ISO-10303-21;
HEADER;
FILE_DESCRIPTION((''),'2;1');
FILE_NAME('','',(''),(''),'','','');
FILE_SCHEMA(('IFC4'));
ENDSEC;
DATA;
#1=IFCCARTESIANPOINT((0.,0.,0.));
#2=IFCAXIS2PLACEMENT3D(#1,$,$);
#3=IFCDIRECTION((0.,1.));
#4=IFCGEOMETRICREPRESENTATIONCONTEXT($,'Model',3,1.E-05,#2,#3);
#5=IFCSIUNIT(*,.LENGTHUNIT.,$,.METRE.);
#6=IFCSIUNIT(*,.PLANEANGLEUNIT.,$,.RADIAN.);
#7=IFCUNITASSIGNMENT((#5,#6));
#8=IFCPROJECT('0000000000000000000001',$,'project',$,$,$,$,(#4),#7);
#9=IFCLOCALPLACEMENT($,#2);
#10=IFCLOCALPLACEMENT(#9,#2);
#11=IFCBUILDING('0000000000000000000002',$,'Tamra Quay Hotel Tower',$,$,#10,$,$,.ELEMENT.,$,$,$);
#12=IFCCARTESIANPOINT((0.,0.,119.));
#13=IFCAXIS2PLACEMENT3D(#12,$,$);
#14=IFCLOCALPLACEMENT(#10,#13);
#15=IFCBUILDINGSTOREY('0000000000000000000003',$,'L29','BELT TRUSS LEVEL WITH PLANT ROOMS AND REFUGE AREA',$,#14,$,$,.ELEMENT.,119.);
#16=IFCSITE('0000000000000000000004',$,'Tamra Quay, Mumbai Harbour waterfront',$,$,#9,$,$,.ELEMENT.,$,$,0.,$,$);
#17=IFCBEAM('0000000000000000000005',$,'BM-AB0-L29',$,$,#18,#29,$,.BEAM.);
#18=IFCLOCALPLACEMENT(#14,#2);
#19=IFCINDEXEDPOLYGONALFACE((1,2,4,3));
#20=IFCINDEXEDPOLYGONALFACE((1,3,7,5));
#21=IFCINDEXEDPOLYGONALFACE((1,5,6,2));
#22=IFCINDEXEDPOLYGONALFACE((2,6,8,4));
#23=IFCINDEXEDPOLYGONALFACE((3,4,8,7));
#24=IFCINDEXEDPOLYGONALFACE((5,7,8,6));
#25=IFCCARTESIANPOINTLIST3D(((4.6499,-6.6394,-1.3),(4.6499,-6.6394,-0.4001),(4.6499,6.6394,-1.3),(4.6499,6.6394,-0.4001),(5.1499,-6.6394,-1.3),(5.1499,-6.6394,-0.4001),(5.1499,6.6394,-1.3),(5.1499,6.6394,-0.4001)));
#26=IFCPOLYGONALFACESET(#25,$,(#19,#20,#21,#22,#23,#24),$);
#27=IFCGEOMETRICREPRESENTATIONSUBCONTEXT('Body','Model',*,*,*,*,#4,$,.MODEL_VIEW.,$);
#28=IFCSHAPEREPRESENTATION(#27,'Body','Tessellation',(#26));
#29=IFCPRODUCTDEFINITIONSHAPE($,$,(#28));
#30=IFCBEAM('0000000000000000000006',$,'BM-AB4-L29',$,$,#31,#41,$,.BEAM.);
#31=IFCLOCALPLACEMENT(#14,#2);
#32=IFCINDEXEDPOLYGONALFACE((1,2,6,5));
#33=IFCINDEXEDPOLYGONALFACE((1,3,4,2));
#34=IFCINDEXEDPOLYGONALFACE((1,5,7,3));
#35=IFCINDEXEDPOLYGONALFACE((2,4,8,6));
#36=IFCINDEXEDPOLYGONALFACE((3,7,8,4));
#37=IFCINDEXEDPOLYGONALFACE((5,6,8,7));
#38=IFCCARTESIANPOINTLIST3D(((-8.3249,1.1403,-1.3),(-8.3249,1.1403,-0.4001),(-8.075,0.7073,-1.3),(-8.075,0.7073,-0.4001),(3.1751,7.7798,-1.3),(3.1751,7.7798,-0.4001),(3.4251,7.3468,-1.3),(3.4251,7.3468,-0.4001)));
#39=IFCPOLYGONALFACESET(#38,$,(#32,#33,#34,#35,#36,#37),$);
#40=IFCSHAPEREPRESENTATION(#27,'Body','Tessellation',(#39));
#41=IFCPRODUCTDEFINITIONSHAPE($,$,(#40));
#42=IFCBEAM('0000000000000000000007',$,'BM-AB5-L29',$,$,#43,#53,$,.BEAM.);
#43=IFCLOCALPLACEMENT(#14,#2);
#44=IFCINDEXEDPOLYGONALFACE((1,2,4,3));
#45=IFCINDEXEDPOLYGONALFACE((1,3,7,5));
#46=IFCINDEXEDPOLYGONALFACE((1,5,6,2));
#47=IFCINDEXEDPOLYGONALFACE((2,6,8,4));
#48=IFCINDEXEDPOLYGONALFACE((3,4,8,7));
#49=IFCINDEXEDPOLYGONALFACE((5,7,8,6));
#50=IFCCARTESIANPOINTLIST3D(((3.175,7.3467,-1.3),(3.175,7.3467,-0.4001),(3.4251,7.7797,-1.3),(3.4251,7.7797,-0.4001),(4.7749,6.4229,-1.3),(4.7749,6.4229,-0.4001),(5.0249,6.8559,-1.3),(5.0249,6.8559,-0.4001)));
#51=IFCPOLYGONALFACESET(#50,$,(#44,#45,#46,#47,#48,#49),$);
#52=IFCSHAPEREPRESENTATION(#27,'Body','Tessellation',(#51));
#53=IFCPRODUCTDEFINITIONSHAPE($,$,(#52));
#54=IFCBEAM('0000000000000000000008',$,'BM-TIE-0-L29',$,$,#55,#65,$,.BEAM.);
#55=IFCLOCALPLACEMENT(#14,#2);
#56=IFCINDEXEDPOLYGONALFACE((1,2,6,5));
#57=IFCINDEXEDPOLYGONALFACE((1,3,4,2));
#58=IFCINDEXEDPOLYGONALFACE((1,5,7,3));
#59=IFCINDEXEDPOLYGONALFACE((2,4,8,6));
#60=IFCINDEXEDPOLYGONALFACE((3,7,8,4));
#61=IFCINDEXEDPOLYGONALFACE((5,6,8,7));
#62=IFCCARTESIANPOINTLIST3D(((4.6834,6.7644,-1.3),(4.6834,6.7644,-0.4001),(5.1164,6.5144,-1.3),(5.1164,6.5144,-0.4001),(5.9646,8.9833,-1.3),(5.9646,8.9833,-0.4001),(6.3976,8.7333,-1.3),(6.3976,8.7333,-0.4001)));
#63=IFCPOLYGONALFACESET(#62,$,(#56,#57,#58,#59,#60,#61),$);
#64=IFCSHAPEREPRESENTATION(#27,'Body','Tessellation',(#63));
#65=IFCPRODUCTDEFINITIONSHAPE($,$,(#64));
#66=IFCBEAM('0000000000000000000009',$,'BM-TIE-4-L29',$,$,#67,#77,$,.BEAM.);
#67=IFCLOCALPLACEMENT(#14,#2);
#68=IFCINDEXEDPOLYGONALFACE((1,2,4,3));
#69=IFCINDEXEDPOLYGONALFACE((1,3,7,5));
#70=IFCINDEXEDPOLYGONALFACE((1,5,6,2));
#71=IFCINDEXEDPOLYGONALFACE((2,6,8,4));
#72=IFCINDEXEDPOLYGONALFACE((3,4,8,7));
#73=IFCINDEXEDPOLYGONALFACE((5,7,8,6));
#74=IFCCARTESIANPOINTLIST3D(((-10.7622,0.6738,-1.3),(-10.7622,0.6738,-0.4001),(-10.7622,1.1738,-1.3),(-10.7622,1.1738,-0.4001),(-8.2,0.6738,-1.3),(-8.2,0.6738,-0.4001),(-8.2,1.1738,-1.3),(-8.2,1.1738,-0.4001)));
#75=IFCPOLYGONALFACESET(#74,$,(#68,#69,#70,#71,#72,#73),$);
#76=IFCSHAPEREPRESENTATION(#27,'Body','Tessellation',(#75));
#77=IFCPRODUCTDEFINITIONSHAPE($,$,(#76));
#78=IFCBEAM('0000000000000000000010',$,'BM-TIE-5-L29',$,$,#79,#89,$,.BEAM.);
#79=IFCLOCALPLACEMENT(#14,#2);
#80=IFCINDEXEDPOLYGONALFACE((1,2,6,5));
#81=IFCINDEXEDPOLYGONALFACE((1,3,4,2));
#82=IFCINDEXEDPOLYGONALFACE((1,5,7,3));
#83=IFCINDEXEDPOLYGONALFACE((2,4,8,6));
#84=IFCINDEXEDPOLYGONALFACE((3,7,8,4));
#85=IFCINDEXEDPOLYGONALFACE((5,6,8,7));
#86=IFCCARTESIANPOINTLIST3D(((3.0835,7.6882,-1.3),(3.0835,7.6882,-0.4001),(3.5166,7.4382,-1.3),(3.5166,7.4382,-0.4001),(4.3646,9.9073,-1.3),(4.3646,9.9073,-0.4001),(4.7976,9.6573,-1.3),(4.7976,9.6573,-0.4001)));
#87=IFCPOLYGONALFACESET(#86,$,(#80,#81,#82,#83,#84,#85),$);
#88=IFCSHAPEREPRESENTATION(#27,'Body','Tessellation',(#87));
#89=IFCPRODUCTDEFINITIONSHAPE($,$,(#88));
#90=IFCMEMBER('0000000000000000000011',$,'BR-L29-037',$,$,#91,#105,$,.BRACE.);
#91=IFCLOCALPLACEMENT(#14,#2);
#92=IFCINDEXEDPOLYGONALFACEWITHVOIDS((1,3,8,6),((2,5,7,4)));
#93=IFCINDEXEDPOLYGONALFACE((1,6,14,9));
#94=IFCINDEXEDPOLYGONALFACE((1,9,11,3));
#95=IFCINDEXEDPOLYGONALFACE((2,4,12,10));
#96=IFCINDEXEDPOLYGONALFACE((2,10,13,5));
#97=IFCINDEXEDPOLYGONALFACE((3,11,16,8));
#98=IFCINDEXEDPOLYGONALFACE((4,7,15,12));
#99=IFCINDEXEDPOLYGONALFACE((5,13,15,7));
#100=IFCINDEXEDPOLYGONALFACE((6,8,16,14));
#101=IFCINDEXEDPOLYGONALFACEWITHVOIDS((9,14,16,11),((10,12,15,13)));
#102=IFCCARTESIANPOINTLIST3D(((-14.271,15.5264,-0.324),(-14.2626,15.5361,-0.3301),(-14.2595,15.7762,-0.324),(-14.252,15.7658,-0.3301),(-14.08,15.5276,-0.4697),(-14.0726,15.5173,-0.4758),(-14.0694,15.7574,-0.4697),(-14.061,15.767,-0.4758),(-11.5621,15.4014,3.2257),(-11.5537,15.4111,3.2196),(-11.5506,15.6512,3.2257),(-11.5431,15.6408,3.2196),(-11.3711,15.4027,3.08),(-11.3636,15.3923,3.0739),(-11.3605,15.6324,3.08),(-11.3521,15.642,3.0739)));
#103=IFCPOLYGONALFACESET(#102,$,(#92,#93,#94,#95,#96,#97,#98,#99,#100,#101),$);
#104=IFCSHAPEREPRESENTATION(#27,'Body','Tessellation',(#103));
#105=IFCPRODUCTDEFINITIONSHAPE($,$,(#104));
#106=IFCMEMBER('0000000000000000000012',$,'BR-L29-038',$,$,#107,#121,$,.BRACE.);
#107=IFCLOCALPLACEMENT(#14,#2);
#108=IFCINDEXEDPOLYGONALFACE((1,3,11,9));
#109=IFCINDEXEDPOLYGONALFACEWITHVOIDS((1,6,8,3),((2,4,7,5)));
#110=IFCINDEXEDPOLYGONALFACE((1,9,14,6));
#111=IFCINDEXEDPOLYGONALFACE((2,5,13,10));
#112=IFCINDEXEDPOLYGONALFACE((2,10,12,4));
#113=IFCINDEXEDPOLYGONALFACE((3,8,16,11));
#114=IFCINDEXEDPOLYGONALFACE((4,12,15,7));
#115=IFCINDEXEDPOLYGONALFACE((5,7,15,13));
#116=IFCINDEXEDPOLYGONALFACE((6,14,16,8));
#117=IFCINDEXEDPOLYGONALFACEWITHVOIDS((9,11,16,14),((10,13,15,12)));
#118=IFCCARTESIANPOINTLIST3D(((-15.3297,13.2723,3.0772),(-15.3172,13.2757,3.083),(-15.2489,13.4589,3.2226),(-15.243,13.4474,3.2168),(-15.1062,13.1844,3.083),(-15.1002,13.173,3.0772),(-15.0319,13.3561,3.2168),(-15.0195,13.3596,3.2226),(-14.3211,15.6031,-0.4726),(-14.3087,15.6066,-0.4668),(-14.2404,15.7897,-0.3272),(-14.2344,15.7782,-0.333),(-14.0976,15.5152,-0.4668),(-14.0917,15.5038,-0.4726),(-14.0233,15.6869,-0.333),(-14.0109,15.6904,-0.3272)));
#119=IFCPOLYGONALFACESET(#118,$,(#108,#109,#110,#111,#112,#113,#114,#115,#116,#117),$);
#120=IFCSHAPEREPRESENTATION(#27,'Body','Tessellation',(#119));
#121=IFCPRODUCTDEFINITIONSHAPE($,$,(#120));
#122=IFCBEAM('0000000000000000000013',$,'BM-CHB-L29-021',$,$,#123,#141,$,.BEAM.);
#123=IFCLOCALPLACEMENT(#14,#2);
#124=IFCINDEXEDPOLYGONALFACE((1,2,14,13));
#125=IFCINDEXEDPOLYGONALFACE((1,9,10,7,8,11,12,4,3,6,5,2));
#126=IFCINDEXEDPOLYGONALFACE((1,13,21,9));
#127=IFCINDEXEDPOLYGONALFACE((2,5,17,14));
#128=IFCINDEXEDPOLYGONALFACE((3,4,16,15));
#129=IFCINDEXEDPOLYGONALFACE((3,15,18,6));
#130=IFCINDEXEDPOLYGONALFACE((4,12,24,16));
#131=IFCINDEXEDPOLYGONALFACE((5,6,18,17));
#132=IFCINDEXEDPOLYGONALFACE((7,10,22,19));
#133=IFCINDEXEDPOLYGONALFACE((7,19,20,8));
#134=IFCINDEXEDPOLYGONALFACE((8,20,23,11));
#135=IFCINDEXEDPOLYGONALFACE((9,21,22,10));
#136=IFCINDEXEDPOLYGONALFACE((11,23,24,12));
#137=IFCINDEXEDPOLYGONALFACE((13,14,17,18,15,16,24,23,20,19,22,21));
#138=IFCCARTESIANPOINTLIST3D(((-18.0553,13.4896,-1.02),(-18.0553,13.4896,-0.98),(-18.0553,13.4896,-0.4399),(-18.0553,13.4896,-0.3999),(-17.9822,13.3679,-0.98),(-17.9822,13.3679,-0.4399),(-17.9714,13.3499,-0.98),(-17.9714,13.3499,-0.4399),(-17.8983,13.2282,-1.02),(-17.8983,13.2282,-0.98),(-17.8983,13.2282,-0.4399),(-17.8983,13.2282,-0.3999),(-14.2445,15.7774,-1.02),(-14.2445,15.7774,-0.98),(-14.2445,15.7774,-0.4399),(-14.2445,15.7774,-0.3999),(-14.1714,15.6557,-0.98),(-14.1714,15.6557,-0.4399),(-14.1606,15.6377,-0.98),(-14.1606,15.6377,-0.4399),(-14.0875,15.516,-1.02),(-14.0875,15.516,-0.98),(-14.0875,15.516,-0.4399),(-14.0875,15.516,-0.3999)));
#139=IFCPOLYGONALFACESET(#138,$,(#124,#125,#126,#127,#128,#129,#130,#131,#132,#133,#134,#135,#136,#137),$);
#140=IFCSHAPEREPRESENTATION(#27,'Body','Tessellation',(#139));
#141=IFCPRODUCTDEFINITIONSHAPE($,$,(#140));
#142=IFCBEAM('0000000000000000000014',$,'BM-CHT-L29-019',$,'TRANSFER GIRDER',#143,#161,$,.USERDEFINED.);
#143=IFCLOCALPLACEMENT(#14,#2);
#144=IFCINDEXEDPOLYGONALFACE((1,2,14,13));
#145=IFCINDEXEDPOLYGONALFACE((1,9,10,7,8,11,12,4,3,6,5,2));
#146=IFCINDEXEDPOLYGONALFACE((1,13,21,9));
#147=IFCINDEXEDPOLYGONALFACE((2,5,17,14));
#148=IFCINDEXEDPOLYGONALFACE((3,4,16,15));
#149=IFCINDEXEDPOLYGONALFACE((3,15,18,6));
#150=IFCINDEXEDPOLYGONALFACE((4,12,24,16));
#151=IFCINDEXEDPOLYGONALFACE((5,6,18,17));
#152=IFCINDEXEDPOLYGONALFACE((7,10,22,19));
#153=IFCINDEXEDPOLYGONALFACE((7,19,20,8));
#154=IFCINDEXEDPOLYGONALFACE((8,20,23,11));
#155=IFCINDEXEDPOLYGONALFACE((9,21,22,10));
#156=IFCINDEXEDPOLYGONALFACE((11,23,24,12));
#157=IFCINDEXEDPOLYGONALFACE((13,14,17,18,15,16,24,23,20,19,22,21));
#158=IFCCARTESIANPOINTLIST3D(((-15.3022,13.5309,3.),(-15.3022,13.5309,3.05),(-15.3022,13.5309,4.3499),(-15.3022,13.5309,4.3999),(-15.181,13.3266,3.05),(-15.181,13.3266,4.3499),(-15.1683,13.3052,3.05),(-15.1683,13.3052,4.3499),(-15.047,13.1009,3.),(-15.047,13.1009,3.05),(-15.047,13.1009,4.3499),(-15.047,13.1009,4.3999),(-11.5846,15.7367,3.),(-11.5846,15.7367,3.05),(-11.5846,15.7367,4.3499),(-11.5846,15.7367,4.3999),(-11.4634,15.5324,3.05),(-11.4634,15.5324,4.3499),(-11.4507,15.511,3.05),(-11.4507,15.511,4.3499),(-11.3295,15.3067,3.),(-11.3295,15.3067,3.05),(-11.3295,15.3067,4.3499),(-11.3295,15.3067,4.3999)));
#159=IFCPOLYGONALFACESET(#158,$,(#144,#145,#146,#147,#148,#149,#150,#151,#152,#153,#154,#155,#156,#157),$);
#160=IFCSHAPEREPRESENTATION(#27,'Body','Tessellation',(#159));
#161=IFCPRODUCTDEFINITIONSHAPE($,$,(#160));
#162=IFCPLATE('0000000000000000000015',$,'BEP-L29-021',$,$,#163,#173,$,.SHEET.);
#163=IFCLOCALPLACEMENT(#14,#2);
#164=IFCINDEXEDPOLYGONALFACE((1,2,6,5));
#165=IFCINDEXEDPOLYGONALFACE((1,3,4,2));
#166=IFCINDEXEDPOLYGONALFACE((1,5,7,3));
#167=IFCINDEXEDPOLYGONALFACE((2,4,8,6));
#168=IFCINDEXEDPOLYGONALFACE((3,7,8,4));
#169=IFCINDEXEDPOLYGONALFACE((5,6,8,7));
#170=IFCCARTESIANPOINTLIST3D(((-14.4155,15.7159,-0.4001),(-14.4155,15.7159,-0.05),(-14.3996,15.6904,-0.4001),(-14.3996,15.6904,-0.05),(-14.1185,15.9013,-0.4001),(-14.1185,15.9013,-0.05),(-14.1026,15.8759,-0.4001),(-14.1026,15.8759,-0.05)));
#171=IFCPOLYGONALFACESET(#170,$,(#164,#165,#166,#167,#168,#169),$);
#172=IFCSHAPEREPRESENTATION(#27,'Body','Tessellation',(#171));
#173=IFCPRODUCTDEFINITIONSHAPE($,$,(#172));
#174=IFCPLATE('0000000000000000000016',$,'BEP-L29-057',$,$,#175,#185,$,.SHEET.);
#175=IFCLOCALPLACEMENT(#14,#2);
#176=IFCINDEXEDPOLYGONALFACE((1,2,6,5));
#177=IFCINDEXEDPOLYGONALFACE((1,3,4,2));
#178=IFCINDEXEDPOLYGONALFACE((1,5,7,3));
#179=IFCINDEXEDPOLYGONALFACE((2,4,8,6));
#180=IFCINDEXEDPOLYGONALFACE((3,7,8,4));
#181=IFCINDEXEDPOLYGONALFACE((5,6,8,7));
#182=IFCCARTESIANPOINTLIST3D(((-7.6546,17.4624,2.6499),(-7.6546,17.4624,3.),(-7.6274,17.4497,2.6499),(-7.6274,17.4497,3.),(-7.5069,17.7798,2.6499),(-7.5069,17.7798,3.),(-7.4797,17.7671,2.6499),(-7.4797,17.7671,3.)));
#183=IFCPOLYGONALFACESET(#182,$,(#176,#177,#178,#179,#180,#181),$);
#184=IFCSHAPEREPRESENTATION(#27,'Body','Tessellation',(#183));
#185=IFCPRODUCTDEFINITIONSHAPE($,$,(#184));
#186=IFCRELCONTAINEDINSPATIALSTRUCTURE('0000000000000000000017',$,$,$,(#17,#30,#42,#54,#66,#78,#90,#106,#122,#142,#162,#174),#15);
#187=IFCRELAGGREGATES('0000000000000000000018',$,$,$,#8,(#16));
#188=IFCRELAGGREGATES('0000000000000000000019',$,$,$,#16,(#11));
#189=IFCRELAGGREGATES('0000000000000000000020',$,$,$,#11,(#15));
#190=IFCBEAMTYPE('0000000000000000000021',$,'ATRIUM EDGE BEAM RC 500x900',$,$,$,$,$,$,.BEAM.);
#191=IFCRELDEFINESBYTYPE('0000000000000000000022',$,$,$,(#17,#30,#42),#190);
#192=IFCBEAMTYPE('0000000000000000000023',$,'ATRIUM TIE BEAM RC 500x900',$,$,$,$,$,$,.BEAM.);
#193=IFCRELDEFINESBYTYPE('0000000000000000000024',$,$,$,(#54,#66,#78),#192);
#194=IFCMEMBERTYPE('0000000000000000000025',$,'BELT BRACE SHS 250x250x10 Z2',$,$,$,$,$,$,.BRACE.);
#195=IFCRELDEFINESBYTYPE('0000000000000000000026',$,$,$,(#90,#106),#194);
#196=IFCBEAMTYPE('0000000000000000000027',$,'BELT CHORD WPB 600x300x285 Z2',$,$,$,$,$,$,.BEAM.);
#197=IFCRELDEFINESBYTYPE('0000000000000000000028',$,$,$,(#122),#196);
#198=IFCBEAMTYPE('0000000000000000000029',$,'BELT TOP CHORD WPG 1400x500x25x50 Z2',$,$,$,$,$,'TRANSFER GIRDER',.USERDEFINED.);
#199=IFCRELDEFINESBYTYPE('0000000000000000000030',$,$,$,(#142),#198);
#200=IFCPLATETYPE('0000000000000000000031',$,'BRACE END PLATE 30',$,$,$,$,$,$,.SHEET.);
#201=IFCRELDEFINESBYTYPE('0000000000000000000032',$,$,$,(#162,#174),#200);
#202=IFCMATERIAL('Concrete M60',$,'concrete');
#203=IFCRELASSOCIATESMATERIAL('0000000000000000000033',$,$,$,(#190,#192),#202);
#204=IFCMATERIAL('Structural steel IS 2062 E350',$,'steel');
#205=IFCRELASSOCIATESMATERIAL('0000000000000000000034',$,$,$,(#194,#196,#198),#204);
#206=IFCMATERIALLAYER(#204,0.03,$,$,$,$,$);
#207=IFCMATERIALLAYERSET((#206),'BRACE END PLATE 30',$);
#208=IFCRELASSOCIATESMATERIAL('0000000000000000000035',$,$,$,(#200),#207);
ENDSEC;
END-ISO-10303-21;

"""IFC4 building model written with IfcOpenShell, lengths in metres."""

from ifc_helpers import new_model, si_unit, direction, frame, origin, origin_2d, place, context, subcontext, project, spatial, rectangle, hollow_rectangle, i_section, extrude, material, layer, layer_set, material_profile, profile_set, type_object, element, save


model = new_model("IFC4")

# Units and contexts
model_context = context("Model", 3, precision=1e-05, world=origin(), true_north=direction((0.0, 1.0)))
body_context = subcontext(model_context, "Body", "Model", "MODEL_VIEW")
ifc_project = project(units=[si_unit("LENGTHUNIT", "METRE"), si_unit("PLANEANGLEUNIT", "RADIAN")], contexts=[model_context])

# Site, building, storey
site_placement = place(None, origin())
site = spatial("IfcSite", under=ifc_project, at=site_placement, Name="Tamra Quay, Mumbai Harbour waterfront", CompositionType="ELEMENT", RefElevation=0.0)
building_placement = place(site_placement, origin())
building = spatial("IfcBuilding", under=site, at=building_placement, Name="Tamra Quay Hotel Tower", CompositionType="ELEMENT")
storey_placement = place(building_placement, frame((0.0, 0.0, 119.0)))
storey = spatial("IfcBuildingStorey", under=building, at=storey_placement, Name="L29", Description="BELT TRUSS LEVEL WITH PLANT ROOMS AND REFUGE AREA", CompositionType="ELEMENT", Elevation=119.0)

# Beams
ifc_material_1 = material(Name="Concrete M60", Category="concrete")
ifc_material_profile_1 = material_profile(ifc_material_1, rectangle(XDim=0.5, YDim=0.8999, at=origin_2d()), Name="ATRIUM EDGE BEAM RC 500x900")
ifc_profile_set_1 = profile_set([ifc_material_profile_1], Name="Concrete M60")
beam_type_1 = type_object("IfcBeamType", Name="ATRIUM EDGE BEAM RC 500x900", PredefinedType="BEAM", material=ifc_profile_set_1)
beam_1_placement = place(storey_placement, frame((4.8999, 6.6394, -0.8501), z_axis=(0.0, -1.0, 0.0), x_axis=(1.0, 0.0, 0.0)))
element("IfcBeam", 1, at=beam_1_placement, inside=storey, type_object=beam_type_1, Name="BM-AB0-L29", PredefinedType="BEAM", context=body_context, shape_type="SweptSolid", body=[
    extrude(rectangle(XDim=0.5, YDim=0.8999, at=origin_2d()), origin(), (0.0, 0.0, 1.0), 13.2788),
])
beam_2_placement = place(storey_placement, frame((-8.2, 0.9238, -0.8501), z_axis=(0.866029, 0.499993, 0.0), x_axis=(-0.499993, 0.866029, 0.0)))
element("IfcBeam", 2, at=beam_2_placement, inside=storey, type_object=beam_type_1, Name="BM-AB4-L29", PredefinedType="BEAM", context=body_context, shape_type="SweptSolid", body=[
    extrude(rectangle(XDim=0.5, YDim=0.8999, at=origin_2d()), origin(), (0.0, 0.0, 1.0), 13.2791),
])
beam_3_placement = place(storey_placement, frame((3.3, 7.5632, -0.8501), z_axis=(0.86599, -0.500062, 0.0), x_axis=(0.500062, 0.86599, 0.0)))
element("IfcBeam", 3, at=beam_3_placement, inside=storey, type_object=beam_type_1, Name="BM-AB5-L29", PredefinedType="BEAM", context=body_context, shape_type="SweptSolid", body=[
    extrude(rectangle(XDim=0.5, YDim=0.8999, at=origin_2d()), origin(), (0.0, 0.0, 1.0), 1.8474),
])
ifc_material_profile_2 = material_profile(ifc_material_1, rectangle(XDim=0.5, YDim=0.8999, at=origin_2d()), Name="ATRIUM TIE BEAM RC 500x900")
ifc_profile_set_2 = profile_set([ifc_material_profile_2], Name="Concrete M60")
beam_type_2 = type_object("IfcBeamType", Name="ATRIUM TIE BEAM RC 500x900", PredefinedType="BEAM", material=ifc_profile_set_2)
for number, where, z_axis, x_axis, name in (
    (4, (4.8999, 6.6394, -0.8501), (0.500033, 0.866006, 0.0), (-0.866006, 0.500033, 0.0), "BM-TIE-0-L29"),
    (5, (-8.2, 0.9238, -0.8501), (-1.0, 0.0, 0.0), (0.0, -1.0, 0.0), "BM-TIE-4-L29"),
    (6, (3.3, 7.5632, -0.8501), (0.499962, 0.866048, 0.0), (-0.866048, 0.499962, 0.0), "BM-TIE-5-L29"),
):
    element("IfcBeam", number, at=place(storey_placement, frame(where, z_axis=z_axis, x_axis=x_axis)), inside=storey, type_object=beam_type_2, Name=name, PredefinedType="BEAM", context=body_context, shape_type="SweptSolid", body=[
        extrude(rectangle(XDim=0.5, YDim=0.8999, at=origin_2d()), origin(), (0.0, 0.0, 1.0), 2.5623),
    ])

# Members
ifc_material_2 = material(Name="Structural steel IS 2062 E350", Category="steel")
ifc_material_profile_3 = material_profile(ifc_material_2, hollow_rectangle(XDim=0.25, YDim=0.25, WallThickness=0.01, at=origin_2d()), Name="SHS 250x250x10")
ifc_profile_set_3 = profile_set([ifc_material_profile_3], Name="Structural steel IS 2062 E350")
member_type = type_object("IfcMemberType", Name="BELT BRACE SHS 250x250x10 Z2", PredefinedType="BRACE", material=ifc_profile_set_3)
member_1_placement = place(storey_placement, frame((-14.166, 15.6467, -0.3999), z_axis=(0.606425, -0.027982, 0.794648), x_axis=(0.046094, 0.998937, 0.0)))
element("IfcMember", 7, at=member_1_placement, inside=storey, type_object=member_type, Name="BR-L29-037", PredefinedType="BRACE", context=body_context, shape_type="SweptSolid", body=[
    extrude(hollow_rectangle(XDim=0.25, YDim=0.25, WallThickness=0.01, at=origin_2d()), origin(), (0.0, 0.0, 1.0), 4.467),
])
member_2_placement = place(storey_placement, frame((-14.166, 15.6467, -0.3999), z_axis=(-0.231066, -0.534009, 0.813291), x_axis=(0.917767, -0.397119, 0.0)))
element("IfcMember", 8, at=member_2_placement, inside=storey, type_object=member_type, Name="BR-L29-038", PredefinedType="BRACE", context=body_context, shape_type="SweptSolid", body=[
    extrude(hollow_rectangle(XDim=0.25, YDim=0.25, WallThickness=0.01, at=origin_2d()), origin(), (0.0, 0.0, 1.0), 4.3647),
])

# Beams
ifc_material_profile_4 = material_profile(ifc_material_2, i_section(OverallWidth=0.3049, OverallDepth=0.6201, WebThickness=0.021, FlangeThickness=0.04, at=origin_2d()), Name="WPB 600x300x285")
ifc_profile_set_4 = profile_set([ifc_material_profile_4], Name="Structural steel IS 2062 E350")
beam_type_3 = type_object("IfcBeamType", Name="BELT CHORD WPB 600x300x285 Z2", PredefinedType="BEAM", material=ifc_profile_set_4)
beam_4_placement = place(storey_placement, frame((-14.166, 15.6467, -0.71), z_axis=(-0.857357, -0.514722, 0.0), x_axis=(0.514722, -0.857357, 0.0)))
element("IfcBeam", 9, at=beam_4_placement, inside=storey, type_object=beam_type_3, Name="BM-CHB-L29-021", PredefinedType="BEAM", context=body_context, shape_type="SweptSolid", body=[
    extrude(i_section(OverallWidth=0.3049, OverallDepth=0.6201, WebThickness=0.021, FlangeThickness=0.04, at=origin_2d()), origin(), (0.0, 0.0, 1.0), 4.4448),
])
ifc_material_profile_5 = material_profile(ifc_material_2, i_section(OverallWidth=0.5, OverallDepth=1.3999, WebThickness=0.0249, FlangeThickness=0.05, at=origin_2d()), Name="WPG 1400x500x25x50")
ifc_profile_set_5 = profile_set([ifc_material_profile_5], Name="Structural steel IS 2062 E350")
beam_type_4 = type_object("IfcBeamType", Name="BELT TOP CHORD WPG 1400x500x25x50 Z2", ElementType="TRANSFER GIRDER", PredefinedType="USERDEFINED", material=ifc_profile_set_5)
beam_5_placement = place(storey_placement, frame((-11.457, 15.5217, 3.7), z_axis=(-0.860004, -0.510287, 0.0), x_axis=(0.510287, -0.860004, 0.0)))
element("IfcBeam", 10, at=beam_5_placement, inside=storey, type_object=beam_type_4, Name="BM-CHT-L29-019", ObjectType="TRANSFER GIRDER", PredefinedType="USERDEFINED", context=body_context, shape_type="SweptSolid", body=[
    extrude(i_section(OverallWidth=0.5, OverallDepth=1.3999, WebThickness=0.0249, FlangeThickness=0.05, at=origin_2d()), origin(), (0.0, 0.0, 1.0), 4.3228),
])

# Plates
ifc_layer_1 = layer(ifc_material_2, 0.03)
ifc_layer_set_1 = layer_set([ifc_layer_1], Name="BRACE END PLATE 30")
plate_type = type_object("IfcPlateType", Name="BRACE END PLATE 30", PredefinedType="SHEET", material=ifc_layer_set_1)
for number, where, z_axis, x_axis, name in (
    (11, (-14.259, 15.7959, -0.4001), (0.0, 0.0, 1.0), (-0.529642, 0.848221, 0.0), "BEP-L29-021"),
    (12, (-7.5671, 17.6147, 2.6499), (0.0, 0.0, 1.0), (-0.906641, 0.421903, 0.0), "BEP-L29-057"),
):
    element("IfcPlate", number, at=place(storey_placement, frame(where, z_axis=z_axis, x_axis=x_axis)), inside=storey, type_object=plate_type, Name=name, PredefinedType="SHEET", context=body_context, shape_type="SweptSolid", body=[
        extrude(rectangle(XDim=0.03, YDim=0.3501, at=origin_2d()), origin(), (0.0, 0.0, 1.0), 0.3501),
    ])

save(model, "model.ifc")
